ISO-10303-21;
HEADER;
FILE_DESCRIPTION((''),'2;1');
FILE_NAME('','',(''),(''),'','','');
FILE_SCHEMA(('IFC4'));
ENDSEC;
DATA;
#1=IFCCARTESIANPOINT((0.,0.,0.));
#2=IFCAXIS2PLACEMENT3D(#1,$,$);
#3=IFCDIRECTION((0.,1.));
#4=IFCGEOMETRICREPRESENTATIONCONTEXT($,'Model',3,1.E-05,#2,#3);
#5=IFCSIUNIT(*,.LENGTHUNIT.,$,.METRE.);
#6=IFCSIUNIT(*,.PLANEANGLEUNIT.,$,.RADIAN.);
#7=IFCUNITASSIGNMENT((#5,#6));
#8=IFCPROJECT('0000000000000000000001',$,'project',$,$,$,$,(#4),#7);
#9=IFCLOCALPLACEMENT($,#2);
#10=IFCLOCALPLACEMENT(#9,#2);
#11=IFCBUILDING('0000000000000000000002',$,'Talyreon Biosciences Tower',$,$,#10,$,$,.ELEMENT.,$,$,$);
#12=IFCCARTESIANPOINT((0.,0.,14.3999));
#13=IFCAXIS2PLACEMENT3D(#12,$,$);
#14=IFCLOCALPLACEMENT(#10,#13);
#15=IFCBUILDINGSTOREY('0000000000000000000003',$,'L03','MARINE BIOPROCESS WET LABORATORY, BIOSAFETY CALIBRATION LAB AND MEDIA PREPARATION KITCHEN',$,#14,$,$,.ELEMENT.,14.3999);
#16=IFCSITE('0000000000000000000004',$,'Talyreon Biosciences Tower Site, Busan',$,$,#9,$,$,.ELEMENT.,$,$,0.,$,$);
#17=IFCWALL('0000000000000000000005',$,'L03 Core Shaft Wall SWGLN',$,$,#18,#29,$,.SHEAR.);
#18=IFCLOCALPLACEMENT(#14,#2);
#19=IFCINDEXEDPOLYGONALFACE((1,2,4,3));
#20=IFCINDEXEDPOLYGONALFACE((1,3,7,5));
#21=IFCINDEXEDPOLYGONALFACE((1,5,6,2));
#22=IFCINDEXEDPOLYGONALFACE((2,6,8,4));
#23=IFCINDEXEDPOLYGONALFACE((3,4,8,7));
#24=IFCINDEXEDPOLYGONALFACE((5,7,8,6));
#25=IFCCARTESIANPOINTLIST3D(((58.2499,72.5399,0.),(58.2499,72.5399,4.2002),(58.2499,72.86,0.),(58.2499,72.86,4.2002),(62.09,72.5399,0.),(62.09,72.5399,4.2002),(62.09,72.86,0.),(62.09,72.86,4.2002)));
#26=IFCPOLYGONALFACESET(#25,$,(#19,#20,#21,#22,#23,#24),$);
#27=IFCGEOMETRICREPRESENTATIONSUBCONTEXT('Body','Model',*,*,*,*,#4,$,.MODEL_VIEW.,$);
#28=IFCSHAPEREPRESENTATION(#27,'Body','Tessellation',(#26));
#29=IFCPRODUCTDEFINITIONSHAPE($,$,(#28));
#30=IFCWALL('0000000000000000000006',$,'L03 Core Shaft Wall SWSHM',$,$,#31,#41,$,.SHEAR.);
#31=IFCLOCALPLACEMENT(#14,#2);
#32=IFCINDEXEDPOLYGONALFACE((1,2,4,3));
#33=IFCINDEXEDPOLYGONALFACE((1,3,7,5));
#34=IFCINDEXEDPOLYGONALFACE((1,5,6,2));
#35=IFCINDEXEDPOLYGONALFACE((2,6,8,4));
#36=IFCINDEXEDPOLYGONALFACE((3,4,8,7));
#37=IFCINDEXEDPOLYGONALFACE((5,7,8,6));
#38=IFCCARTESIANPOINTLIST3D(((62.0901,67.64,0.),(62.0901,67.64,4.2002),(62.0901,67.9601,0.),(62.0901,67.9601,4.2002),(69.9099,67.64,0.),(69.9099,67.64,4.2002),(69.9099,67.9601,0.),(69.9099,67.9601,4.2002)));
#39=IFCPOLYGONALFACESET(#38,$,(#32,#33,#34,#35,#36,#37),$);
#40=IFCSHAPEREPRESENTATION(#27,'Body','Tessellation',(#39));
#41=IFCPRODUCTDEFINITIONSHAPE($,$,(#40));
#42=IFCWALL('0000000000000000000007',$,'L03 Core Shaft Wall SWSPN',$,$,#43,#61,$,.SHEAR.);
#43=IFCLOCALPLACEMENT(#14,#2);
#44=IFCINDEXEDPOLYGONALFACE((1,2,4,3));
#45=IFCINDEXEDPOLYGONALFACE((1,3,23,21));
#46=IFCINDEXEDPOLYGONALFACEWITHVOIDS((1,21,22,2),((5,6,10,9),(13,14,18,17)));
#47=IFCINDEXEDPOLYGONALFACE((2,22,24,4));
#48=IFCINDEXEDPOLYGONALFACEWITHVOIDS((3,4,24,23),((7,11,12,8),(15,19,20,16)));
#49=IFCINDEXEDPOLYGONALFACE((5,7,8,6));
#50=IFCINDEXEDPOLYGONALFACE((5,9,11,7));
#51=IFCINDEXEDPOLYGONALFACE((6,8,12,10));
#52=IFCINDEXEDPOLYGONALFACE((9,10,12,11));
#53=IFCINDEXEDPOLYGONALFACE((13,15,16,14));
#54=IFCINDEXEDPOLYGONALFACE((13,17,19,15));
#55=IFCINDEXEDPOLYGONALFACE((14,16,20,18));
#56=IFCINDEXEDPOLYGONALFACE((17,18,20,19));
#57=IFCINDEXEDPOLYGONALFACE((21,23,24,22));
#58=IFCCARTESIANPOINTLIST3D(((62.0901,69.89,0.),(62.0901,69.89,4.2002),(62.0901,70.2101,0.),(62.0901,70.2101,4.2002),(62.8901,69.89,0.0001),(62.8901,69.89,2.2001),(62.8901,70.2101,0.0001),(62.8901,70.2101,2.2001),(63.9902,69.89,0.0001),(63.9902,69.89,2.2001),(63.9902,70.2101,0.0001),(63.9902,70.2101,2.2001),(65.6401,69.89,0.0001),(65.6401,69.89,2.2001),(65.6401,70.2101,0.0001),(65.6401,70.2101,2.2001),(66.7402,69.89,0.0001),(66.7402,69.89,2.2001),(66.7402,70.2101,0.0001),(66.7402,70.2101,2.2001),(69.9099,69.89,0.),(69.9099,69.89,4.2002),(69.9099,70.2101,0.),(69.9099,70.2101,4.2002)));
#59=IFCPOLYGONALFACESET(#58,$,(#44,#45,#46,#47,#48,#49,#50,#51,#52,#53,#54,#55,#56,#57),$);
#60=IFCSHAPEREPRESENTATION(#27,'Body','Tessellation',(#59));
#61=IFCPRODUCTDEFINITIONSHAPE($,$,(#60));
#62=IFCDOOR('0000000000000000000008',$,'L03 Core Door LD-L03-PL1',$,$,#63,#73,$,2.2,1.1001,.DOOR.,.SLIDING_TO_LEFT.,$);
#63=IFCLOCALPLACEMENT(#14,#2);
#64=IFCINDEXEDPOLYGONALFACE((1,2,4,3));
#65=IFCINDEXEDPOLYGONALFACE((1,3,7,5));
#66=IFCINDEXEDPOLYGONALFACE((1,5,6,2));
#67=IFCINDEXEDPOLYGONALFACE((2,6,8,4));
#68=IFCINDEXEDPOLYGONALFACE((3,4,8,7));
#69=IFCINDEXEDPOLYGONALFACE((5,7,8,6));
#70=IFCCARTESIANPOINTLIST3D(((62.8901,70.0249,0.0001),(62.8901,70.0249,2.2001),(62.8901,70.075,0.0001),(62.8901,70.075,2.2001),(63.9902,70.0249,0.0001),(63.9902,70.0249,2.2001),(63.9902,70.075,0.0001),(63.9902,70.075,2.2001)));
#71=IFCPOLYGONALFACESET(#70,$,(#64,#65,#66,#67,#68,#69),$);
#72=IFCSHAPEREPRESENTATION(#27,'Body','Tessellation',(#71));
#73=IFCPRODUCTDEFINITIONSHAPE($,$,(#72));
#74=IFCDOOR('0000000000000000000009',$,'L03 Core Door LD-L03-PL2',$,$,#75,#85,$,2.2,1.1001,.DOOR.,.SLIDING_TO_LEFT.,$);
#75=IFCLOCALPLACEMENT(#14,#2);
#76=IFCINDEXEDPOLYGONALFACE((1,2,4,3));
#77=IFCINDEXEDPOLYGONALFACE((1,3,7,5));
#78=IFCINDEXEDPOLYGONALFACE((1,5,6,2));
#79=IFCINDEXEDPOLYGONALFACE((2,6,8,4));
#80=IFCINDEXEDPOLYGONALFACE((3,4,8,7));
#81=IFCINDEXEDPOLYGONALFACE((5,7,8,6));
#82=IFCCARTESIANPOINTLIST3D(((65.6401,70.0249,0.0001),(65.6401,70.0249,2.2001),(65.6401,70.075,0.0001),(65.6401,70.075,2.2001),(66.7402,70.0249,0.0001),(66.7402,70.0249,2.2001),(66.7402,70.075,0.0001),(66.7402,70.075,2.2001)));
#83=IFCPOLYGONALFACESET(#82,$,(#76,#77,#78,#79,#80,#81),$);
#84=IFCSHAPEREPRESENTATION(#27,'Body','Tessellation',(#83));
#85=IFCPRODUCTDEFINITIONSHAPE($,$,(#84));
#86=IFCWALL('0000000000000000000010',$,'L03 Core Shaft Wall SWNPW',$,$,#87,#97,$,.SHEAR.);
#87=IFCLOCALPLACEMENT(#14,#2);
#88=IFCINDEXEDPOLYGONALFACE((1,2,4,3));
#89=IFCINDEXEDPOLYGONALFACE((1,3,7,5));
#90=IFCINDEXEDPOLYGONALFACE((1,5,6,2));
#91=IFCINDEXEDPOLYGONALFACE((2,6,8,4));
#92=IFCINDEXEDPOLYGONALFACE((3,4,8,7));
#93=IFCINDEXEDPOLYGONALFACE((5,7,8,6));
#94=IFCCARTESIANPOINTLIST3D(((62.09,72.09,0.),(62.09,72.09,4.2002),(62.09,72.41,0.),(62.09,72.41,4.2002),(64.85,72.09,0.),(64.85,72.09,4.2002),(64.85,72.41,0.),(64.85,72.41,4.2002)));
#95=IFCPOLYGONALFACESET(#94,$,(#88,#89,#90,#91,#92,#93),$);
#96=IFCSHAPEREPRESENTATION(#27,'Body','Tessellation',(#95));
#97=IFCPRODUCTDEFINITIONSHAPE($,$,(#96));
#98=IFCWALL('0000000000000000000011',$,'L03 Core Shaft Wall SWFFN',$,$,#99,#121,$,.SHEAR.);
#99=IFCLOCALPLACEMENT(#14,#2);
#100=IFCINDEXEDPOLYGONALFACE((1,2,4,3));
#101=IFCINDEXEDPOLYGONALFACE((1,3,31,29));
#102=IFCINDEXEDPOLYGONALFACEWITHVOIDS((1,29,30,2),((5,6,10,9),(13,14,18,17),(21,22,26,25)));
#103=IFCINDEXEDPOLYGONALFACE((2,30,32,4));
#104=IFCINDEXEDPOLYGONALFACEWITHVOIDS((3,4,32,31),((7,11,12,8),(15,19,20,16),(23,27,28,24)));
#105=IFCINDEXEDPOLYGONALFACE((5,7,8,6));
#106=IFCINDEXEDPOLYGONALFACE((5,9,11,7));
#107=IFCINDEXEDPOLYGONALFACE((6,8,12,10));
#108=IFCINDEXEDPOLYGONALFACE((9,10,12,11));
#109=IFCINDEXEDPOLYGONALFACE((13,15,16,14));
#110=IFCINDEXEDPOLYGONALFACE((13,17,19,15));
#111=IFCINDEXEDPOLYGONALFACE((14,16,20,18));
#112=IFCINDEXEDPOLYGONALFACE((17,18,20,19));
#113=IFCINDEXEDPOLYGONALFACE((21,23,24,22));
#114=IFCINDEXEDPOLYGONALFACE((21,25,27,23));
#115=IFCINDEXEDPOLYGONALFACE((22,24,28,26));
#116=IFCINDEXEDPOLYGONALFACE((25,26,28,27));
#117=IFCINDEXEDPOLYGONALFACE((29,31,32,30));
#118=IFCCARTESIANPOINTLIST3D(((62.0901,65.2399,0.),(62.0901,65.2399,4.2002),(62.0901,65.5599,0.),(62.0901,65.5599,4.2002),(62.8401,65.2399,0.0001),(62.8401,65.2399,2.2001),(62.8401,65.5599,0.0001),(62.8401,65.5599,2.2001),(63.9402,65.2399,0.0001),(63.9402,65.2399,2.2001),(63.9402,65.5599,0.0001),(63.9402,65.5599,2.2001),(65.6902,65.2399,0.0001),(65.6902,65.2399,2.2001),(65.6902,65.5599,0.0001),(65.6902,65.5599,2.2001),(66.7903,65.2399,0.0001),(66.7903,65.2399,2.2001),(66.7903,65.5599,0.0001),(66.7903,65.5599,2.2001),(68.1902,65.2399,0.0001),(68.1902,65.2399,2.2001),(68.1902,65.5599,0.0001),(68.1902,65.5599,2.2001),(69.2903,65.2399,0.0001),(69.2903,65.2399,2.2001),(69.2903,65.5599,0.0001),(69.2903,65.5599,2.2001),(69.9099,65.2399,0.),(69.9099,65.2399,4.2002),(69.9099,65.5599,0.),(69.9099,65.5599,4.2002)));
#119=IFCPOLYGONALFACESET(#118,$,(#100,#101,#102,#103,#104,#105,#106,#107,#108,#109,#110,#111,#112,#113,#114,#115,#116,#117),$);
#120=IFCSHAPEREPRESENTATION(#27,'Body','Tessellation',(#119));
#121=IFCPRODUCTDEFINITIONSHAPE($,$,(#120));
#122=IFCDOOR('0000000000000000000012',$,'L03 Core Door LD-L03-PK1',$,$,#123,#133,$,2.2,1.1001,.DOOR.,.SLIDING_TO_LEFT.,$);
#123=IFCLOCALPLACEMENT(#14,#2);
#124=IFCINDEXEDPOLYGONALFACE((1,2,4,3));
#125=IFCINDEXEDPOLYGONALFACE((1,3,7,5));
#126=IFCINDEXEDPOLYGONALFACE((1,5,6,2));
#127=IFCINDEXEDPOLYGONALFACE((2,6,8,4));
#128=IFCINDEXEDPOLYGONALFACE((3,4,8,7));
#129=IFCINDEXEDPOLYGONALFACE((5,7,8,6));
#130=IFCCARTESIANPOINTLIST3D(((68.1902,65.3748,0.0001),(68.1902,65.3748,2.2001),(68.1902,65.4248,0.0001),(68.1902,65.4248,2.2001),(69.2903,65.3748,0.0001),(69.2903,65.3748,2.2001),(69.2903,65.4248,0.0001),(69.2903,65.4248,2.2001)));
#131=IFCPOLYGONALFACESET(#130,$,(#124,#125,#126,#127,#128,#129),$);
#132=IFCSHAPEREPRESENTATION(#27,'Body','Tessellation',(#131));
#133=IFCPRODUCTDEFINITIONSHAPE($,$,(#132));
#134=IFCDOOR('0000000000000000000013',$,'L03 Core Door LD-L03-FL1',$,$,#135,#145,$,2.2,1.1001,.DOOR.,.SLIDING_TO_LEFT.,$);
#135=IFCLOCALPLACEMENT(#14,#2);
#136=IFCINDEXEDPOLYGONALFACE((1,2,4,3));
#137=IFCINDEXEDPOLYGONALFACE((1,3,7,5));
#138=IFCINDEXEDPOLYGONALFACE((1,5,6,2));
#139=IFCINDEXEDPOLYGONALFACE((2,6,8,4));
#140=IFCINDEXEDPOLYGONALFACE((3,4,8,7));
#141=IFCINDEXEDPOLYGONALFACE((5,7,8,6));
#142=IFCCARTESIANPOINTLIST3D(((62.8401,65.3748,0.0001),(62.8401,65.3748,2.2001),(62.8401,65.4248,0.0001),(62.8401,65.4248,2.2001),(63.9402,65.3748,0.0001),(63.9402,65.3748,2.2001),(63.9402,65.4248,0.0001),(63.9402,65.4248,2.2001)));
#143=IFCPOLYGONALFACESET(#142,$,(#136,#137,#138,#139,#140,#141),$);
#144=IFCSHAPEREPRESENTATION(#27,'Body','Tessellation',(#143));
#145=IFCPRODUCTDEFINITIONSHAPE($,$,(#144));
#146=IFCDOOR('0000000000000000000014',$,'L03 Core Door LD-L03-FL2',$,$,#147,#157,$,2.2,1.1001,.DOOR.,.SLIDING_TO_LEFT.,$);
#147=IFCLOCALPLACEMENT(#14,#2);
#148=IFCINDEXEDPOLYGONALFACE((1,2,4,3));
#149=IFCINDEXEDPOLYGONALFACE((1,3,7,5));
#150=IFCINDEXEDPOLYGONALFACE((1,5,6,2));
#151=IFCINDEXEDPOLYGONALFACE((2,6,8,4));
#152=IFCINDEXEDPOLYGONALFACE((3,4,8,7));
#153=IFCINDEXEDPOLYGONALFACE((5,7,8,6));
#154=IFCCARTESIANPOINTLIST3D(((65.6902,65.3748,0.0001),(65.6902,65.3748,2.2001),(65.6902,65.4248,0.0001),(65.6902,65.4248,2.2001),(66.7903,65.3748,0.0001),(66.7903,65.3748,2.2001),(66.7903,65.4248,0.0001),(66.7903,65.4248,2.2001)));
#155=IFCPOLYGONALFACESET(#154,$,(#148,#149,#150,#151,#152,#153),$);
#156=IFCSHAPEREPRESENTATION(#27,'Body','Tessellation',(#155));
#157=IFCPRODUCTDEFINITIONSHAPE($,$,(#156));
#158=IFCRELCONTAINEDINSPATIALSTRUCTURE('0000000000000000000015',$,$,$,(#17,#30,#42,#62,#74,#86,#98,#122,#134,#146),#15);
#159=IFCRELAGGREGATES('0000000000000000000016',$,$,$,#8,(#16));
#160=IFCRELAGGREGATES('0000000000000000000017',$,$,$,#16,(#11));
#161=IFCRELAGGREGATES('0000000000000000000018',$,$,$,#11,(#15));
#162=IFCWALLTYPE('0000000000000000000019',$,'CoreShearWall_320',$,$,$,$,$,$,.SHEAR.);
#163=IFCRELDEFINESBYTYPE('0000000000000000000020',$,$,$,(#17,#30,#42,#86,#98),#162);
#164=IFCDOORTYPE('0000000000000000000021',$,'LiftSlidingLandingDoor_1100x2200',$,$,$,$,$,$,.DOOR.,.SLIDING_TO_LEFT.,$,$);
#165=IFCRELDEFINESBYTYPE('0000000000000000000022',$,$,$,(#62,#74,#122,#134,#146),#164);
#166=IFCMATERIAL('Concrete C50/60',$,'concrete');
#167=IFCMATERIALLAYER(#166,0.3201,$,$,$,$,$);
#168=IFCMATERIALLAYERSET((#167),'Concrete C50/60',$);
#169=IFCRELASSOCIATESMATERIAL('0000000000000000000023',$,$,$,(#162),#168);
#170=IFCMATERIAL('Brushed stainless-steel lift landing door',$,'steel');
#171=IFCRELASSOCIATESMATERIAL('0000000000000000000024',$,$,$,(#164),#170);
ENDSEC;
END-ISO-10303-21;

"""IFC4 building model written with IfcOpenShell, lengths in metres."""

from ifc_helpers import new_model, si_unit, direction, frame, frame_2d, origin, place, context, subcontext, project, spatial, rectangle, extrude, material, layer, layer_set, type_object, element, fill, save


model = new_model("IFC4")

# Units and contexts
model_context = context("Model", 3, precision=1e-05, world=origin(), true_north=direction((0.0, 1.0)))
body_context = subcontext(model_context, "Body", "Model", "MODEL_VIEW")
ifc_project = project(units=[si_unit("LENGTHUNIT", "METRE"), si_unit("PLANEANGLEUNIT", "RADIAN")], contexts=[model_context])

# Site, building, storey
site_placement = place(None, origin())
site = spatial("IfcSite", under=ifc_project, at=site_placement, Name="Talyreon Biosciences Tower Site, Busan", CompositionType="ELEMENT", RefElevation=0.0)
building_placement = place(site_placement, origin())
building = spatial("IfcBuilding", under=site, at=building_placement, Name="Talyreon Biosciences Tower", CompositionType="ELEMENT")
storey_placement = place(building_placement, frame((0.0, 0.0, 14.3999)))
storey = spatial("IfcBuildingStorey", under=building, at=storey_placement, Name="L03", Description="MARINE BIOPROCESS WET LABORATORY, BIOSAFETY CALIBRATION LAB AND MEDIA PREPARATION KITCHEN", CompositionType="ELEMENT", Elevation=14.3999)

# Shared definitions
ifc_material_1 = material(Name="Concrete C50/60", Category="concrete")
ifc_layer_1 = layer(ifc_material_1, 0.3201)
ifc_layer_set_1 = layer_set([ifc_layer_1], Name="Concrete C50/60")
wall_type_1 = type_object("IfcWallType", Name="CoreShearWall_320", PredefinedType="SHEAR", material=ifc_layer_set_1)

# Walls
for number, where, z_axis, x_axis, name in (
    (1, (58.25, 72.7, 0.0), (0.0, 0.0, 1.0), (1.0, 0.0, 0.0), "L03 Core Shaft Wall SWGLN"),
):
    element("IfcWall", number, at=place(storey_placement, frame(where, z_axis=z_axis, x_axis=x_axis)), inside=storey, type_object=wall_type_1, Name=name, PredefinedType="SHEAR", context=body_context, shape_type="SweptSolid", body=[
        extrude(rectangle(XDim=3.8401, YDim=0.3201, at=frame_2d((1.9199, 0.0))), origin(), (0.0, 0.0, 1.0), 4.2002),
    ])
wall_1_placement = place(storey_placement, frame((62.0901, 67.8, 0.0), z_axis=(0.0, 0.0, 1.0), x_axis=(1.0, 0.0, 0.0)))
element("IfcWall", 2, at=wall_1_placement, inside=storey, type_object=wall_type_1, Name="L03 Core Shaft Wall SWSHM", PredefinedType="SHEAR", context=body_context, shape_type="SweptSolid", body=[
    extrude(rectangle(XDim=7.8198, YDim=0.3201, at=frame_2d((3.9099, 0.0))), origin(), (0.0, 0.0, 1.0), 4.2002),
])

# Wall, openings, doors
wall_2_placement = place(storey_placement, frame((62.0901, 70.05, 0.0), z_axis=(0.0, 0.0, 1.0), x_axis=(1.0, 0.0, 0.0)))
wall_2 = element("IfcWall", 3, at=wall_2_placement, inside=storey, type_object=wall_type_1, Name="L03 Core Shaft Wall SWSPN", PredefinedType="SHEAR", context=body_context, shape_type="SweptSolid", body=[
    extrude(rectangle(XDim=7.8198, YDim=0.3201, at=frame_2d((3.9099, 0.0))), origin(), (0.0, 0.0, 1.0), 4.2002),
])
opening_1_placement = place(wall_2_placement, frame((0.8, 0.0, 0.0)))
opening_1 = element("IfcOpeningElement", 4, at=opening_1_placement, cuts=wall_2, PredefinedType="OPENING", context=body_context, shape_type="SweptSolid", body=[
    extrude(rectangle(XDim=1.1001, YDim=2.2, at=frame_2d((0.55, 1.1001))), frame((0.0, 0.1699, 0.0), z_axis=(0.0, -1.0, 0.0), x_axis=(1.0, 0.0, 0.0)), (0.0, 0.0, 1.0), 0.3401),
])
opening_2_placement = place(wall_2_placement, frame((3.55, 0.0, 0.0)))
opening_2 = element("IfcOpeningElement", 5, at=opening_2_placement, cuts=wall_2, PredefinedType="OPENING", context=body_context, shape_type="SweptSolid", body=[
    extrude(rectangle(XDim=1.1001, YDim=2.2, at=frame_2d((0.55, 1.1001))), frame((0.0, 0.1699, 0.0), z_axis=(0.0, -1.0, 0.0), x_axis=(1.0, 0.0, 0.0)), (0.0, 0.0, 1.0), 0.3401),
])
ifc_material_2 = material(Name="Brushed stainless-steel lift landing door", Category="steel")
door_type_1 = type_object("IfcDoorType", Name="LiftSlidingLandingDoor_1100x2200", OperationType="SLIDING_TO_LEFT", PredefinedType="DOOR", material=ifc_material_2)
door_1_placement = place(opening_1_placement, origin())
door_1 = element("IfcDoor", 6, at=door_1_placement, inside=storey, type_object=door_type_1, Name="L03 Core Door LD-L03-PL1", OperationType="SLIDING_TO_LEFT", OverallHeight=2.2, OverallWidth=1.1001, PredefinedType="DOOR", context=body_context, shape_type="SweptSolid", body=[
    extrude(rectangle(XDim=1.1001, YDim=2.2, at=frame_2d((0.55, 1.1001))), frame((0.0, 0.0249, 0.0), z_axis=(0.0, -1.0, 0.0), x_axis=(1.0, 0.0, 0.0)), (0.0, 0.0, 1.0), 0.05),
])
fill(opening_1, door_1)
door_2_placement = place(opening_2_placement, origin())
door_2 = element("IfcDoor", 7, at=door_2_placement, inside=storey, type_object=door_type_1, Name="L03 Core Door LD-L03-PL2", OperationType="SLIDING_TO_LEFT", OverallHeight=2.2, OverallWidth=1.1001, PredefinedType="DOOR", context=body_context, shape_type="SweptSolid", body=[
    extrude(rectangle(XDim=1.1001, YDim=2.2, at=frame_2d((0.55, 1.1001))), frame((0.0, 0.0249, 0.0), z_axis=(0.0, -1.0, 0.0), x_axis=(1.0, 0.0, 0.0)), (0.0, 0.0, 1.0), 0.05),
])
fill(opening_2, door_2)

# Wall
wall_3_placement = place(storey_placement, frame((62.0901, 72.25, 0.0), z_axis=(0.0, 0.0, 1.0), x_axis=(1.0, 0.0, 0.0)))
element("IfcWall", 8, at=wall_3_placement, inside=storey, type_object=wall_type_1, Name="L03 Core Shaft Wall SWNPW", PredefinedType="SHEAR", context=body_context, shape_type="SweptSolid", body=[
    extrude(rectangle(XDim=2.76, YDim=0.3201, at=frame_2d((1.3799, 0.0))), origin(), (0.0, 0.0, 1.0), 4.2002),
])

# Wall, openings, doors
wall_4_placement = place(storey_placement, frame((62.0901, 65.3999, 0.0), z_axis=(0.0, 0.0, 1.0), x_axis=(1.0, 0.0, 0.0)))
wall_4 = element("IfcWall", 9, at=wall_4_placement, inside=storey, type_object=wall_type_1, Name="L03 Core Shaft Wall SWFFN", PredefinedType="SHEAR", context=body_context, shape_type="SweptSolid", body=[
    extrude(rectangle(XDim=7.8198, YDim=0.3201, at=frame_2d((3.9099, 0.0))), origin(), (0.0, 0.0, 1.0), 4.2002),
])
opening_3_placement = place(wall_4_placement, frame((6.1001, 0.0, 0.0)))
opening_3 = element("IfcOpeningElement", 10, at=opening_3_placement, cuts=wall_4, PredefinedType="OPENING", context=body_context, shape_type="SweptSolid", body=[
    extrude(rectangle(XDim=1.1001, YDim=2.2, at=frame_2d((0.55, 1.1001))), frame((0.0, 0.1699, 0.0), z_axis=(0.0, -1.0, 0.0), x_axis=(1.0, 0.0, 0.0)), (0.0, 0.0, 1.0), 0.3401),
])
opening_4_placement = place(wall_4_placement, frame((0.75, 0.0, 0.0)))
opening_4 = element("IfcOpeningElement", 11, at=opening_4_placement, cuts=wall_4, PredefinedType="OPENING", context=body_context, shape_type="SweptSolid", body=[
    extrude(rectangle(XDim=1.1001, YDim=2.2, at=frame_2d((0.55, 1.1001))), frame((0.0, 0.1699, 0.0), z_axis=(0.0, -1.0, 0.0), x_axis=(1.0, 0.0, 0.0)), (0.0, 0.0, 1.0), 0.3401),
])
opening_5_placement = place(wall_4_placement, frame((3.6001, 0.0, 0.0)))
opening_5 = element("IfcOpeningElement", 12, at=opening_5_placement, cuts=wall_4, PredefinedType="OPENING", context=body_context, shape_type="SweptSolid", body=[
    extrude(rectangle(XDim=1.1001, YDim=2.2, at=frame_2d((0.55, 1.1001))), frame((0.0, 0.1699, 0.0), z_axis=(0.0, -1.0, 0.0), x_axis=(1.0, 0.0, 0.0)), (0.0, 0.0, 1.0), 0.3401),
])
door_3_placement = place(opening_3_placement, origin())
door_3 = element("IfcDoor", 13, at=door_3_placement, inside=storey, type_object=door_type_1, Name="L03 Core Door LD-L03-PK1", OperationType="SLIDING_TO_LEFT", OverallHeight=2.2, OverallWidth=1.1001, PredefinedType="DOOR", context=body_context, shape_type="SweptSolid", body=[
    extrude(rectangle(XDim=1.1001, YDim=2.2, at=frame_2d((0.55, 1.1001))), frame((0.0, 0.0249, 0.0), z_axis=(0.0, -1.0, 0.0), x_axis=(1.0, 0.0, 0.0)), (0.0, 0.0, 1.0), 0.05),
])
fill(opening_3, door_3)
door_4_placement = place(opening_4_placement, origin())
door_4 = element("IfcDoor", 14, at=door_4_placement, inside=storey, type_object=door_type_1, Name="L03 Core Door LD-L03-FL1", OperationType="SLIDING_TO_LEFT", OverallHeight=2.2, OverallWidth=1.1001, PredefinedType="DOOR", context=body_context, shape_type="SweptSolid", body=[
    extrude(rectangle(XDim=1.1001, YDim=2.2, at=frame_2d((0.55, 1.1001))), frame((0.0, 0.0249, 0.0), z_axis=(0.0, -1.0, 0.0), x_axis=(1.0, 0.0, 0.0)), (0.0, 0.0, 1.0), 0.05),
])
fill(opening_4, door_4)
door_5_placement = place(opening_5_placement, origin())
door_5 = element("IfcDoor", 15, at=door_5_placement, inside=storey, type_object=door_type_1, Name="L03 Core Door LD-L03-FL2", OperationType="SLIDING_TO_LEFT", OverallHeight=2.2, OverallWidth=1.1001, PredefinedType="DOOR", context=body_context, shape_type="SweptSolid", body=[
    extrude(rectangle(XDim=1.1001, YDim=2.2, at=frame_2d((0.55, 1.1001))), frame((0.0, 0.0249, 0.0), z_axis=(0.0, -1.0, 0.0), x_axis=(1.0, 0.0, 0.0)), (0.0, 0.0, 1.0), 0.05),
])
fill(opening_5, door_5)

save(model, "model.ifc")
